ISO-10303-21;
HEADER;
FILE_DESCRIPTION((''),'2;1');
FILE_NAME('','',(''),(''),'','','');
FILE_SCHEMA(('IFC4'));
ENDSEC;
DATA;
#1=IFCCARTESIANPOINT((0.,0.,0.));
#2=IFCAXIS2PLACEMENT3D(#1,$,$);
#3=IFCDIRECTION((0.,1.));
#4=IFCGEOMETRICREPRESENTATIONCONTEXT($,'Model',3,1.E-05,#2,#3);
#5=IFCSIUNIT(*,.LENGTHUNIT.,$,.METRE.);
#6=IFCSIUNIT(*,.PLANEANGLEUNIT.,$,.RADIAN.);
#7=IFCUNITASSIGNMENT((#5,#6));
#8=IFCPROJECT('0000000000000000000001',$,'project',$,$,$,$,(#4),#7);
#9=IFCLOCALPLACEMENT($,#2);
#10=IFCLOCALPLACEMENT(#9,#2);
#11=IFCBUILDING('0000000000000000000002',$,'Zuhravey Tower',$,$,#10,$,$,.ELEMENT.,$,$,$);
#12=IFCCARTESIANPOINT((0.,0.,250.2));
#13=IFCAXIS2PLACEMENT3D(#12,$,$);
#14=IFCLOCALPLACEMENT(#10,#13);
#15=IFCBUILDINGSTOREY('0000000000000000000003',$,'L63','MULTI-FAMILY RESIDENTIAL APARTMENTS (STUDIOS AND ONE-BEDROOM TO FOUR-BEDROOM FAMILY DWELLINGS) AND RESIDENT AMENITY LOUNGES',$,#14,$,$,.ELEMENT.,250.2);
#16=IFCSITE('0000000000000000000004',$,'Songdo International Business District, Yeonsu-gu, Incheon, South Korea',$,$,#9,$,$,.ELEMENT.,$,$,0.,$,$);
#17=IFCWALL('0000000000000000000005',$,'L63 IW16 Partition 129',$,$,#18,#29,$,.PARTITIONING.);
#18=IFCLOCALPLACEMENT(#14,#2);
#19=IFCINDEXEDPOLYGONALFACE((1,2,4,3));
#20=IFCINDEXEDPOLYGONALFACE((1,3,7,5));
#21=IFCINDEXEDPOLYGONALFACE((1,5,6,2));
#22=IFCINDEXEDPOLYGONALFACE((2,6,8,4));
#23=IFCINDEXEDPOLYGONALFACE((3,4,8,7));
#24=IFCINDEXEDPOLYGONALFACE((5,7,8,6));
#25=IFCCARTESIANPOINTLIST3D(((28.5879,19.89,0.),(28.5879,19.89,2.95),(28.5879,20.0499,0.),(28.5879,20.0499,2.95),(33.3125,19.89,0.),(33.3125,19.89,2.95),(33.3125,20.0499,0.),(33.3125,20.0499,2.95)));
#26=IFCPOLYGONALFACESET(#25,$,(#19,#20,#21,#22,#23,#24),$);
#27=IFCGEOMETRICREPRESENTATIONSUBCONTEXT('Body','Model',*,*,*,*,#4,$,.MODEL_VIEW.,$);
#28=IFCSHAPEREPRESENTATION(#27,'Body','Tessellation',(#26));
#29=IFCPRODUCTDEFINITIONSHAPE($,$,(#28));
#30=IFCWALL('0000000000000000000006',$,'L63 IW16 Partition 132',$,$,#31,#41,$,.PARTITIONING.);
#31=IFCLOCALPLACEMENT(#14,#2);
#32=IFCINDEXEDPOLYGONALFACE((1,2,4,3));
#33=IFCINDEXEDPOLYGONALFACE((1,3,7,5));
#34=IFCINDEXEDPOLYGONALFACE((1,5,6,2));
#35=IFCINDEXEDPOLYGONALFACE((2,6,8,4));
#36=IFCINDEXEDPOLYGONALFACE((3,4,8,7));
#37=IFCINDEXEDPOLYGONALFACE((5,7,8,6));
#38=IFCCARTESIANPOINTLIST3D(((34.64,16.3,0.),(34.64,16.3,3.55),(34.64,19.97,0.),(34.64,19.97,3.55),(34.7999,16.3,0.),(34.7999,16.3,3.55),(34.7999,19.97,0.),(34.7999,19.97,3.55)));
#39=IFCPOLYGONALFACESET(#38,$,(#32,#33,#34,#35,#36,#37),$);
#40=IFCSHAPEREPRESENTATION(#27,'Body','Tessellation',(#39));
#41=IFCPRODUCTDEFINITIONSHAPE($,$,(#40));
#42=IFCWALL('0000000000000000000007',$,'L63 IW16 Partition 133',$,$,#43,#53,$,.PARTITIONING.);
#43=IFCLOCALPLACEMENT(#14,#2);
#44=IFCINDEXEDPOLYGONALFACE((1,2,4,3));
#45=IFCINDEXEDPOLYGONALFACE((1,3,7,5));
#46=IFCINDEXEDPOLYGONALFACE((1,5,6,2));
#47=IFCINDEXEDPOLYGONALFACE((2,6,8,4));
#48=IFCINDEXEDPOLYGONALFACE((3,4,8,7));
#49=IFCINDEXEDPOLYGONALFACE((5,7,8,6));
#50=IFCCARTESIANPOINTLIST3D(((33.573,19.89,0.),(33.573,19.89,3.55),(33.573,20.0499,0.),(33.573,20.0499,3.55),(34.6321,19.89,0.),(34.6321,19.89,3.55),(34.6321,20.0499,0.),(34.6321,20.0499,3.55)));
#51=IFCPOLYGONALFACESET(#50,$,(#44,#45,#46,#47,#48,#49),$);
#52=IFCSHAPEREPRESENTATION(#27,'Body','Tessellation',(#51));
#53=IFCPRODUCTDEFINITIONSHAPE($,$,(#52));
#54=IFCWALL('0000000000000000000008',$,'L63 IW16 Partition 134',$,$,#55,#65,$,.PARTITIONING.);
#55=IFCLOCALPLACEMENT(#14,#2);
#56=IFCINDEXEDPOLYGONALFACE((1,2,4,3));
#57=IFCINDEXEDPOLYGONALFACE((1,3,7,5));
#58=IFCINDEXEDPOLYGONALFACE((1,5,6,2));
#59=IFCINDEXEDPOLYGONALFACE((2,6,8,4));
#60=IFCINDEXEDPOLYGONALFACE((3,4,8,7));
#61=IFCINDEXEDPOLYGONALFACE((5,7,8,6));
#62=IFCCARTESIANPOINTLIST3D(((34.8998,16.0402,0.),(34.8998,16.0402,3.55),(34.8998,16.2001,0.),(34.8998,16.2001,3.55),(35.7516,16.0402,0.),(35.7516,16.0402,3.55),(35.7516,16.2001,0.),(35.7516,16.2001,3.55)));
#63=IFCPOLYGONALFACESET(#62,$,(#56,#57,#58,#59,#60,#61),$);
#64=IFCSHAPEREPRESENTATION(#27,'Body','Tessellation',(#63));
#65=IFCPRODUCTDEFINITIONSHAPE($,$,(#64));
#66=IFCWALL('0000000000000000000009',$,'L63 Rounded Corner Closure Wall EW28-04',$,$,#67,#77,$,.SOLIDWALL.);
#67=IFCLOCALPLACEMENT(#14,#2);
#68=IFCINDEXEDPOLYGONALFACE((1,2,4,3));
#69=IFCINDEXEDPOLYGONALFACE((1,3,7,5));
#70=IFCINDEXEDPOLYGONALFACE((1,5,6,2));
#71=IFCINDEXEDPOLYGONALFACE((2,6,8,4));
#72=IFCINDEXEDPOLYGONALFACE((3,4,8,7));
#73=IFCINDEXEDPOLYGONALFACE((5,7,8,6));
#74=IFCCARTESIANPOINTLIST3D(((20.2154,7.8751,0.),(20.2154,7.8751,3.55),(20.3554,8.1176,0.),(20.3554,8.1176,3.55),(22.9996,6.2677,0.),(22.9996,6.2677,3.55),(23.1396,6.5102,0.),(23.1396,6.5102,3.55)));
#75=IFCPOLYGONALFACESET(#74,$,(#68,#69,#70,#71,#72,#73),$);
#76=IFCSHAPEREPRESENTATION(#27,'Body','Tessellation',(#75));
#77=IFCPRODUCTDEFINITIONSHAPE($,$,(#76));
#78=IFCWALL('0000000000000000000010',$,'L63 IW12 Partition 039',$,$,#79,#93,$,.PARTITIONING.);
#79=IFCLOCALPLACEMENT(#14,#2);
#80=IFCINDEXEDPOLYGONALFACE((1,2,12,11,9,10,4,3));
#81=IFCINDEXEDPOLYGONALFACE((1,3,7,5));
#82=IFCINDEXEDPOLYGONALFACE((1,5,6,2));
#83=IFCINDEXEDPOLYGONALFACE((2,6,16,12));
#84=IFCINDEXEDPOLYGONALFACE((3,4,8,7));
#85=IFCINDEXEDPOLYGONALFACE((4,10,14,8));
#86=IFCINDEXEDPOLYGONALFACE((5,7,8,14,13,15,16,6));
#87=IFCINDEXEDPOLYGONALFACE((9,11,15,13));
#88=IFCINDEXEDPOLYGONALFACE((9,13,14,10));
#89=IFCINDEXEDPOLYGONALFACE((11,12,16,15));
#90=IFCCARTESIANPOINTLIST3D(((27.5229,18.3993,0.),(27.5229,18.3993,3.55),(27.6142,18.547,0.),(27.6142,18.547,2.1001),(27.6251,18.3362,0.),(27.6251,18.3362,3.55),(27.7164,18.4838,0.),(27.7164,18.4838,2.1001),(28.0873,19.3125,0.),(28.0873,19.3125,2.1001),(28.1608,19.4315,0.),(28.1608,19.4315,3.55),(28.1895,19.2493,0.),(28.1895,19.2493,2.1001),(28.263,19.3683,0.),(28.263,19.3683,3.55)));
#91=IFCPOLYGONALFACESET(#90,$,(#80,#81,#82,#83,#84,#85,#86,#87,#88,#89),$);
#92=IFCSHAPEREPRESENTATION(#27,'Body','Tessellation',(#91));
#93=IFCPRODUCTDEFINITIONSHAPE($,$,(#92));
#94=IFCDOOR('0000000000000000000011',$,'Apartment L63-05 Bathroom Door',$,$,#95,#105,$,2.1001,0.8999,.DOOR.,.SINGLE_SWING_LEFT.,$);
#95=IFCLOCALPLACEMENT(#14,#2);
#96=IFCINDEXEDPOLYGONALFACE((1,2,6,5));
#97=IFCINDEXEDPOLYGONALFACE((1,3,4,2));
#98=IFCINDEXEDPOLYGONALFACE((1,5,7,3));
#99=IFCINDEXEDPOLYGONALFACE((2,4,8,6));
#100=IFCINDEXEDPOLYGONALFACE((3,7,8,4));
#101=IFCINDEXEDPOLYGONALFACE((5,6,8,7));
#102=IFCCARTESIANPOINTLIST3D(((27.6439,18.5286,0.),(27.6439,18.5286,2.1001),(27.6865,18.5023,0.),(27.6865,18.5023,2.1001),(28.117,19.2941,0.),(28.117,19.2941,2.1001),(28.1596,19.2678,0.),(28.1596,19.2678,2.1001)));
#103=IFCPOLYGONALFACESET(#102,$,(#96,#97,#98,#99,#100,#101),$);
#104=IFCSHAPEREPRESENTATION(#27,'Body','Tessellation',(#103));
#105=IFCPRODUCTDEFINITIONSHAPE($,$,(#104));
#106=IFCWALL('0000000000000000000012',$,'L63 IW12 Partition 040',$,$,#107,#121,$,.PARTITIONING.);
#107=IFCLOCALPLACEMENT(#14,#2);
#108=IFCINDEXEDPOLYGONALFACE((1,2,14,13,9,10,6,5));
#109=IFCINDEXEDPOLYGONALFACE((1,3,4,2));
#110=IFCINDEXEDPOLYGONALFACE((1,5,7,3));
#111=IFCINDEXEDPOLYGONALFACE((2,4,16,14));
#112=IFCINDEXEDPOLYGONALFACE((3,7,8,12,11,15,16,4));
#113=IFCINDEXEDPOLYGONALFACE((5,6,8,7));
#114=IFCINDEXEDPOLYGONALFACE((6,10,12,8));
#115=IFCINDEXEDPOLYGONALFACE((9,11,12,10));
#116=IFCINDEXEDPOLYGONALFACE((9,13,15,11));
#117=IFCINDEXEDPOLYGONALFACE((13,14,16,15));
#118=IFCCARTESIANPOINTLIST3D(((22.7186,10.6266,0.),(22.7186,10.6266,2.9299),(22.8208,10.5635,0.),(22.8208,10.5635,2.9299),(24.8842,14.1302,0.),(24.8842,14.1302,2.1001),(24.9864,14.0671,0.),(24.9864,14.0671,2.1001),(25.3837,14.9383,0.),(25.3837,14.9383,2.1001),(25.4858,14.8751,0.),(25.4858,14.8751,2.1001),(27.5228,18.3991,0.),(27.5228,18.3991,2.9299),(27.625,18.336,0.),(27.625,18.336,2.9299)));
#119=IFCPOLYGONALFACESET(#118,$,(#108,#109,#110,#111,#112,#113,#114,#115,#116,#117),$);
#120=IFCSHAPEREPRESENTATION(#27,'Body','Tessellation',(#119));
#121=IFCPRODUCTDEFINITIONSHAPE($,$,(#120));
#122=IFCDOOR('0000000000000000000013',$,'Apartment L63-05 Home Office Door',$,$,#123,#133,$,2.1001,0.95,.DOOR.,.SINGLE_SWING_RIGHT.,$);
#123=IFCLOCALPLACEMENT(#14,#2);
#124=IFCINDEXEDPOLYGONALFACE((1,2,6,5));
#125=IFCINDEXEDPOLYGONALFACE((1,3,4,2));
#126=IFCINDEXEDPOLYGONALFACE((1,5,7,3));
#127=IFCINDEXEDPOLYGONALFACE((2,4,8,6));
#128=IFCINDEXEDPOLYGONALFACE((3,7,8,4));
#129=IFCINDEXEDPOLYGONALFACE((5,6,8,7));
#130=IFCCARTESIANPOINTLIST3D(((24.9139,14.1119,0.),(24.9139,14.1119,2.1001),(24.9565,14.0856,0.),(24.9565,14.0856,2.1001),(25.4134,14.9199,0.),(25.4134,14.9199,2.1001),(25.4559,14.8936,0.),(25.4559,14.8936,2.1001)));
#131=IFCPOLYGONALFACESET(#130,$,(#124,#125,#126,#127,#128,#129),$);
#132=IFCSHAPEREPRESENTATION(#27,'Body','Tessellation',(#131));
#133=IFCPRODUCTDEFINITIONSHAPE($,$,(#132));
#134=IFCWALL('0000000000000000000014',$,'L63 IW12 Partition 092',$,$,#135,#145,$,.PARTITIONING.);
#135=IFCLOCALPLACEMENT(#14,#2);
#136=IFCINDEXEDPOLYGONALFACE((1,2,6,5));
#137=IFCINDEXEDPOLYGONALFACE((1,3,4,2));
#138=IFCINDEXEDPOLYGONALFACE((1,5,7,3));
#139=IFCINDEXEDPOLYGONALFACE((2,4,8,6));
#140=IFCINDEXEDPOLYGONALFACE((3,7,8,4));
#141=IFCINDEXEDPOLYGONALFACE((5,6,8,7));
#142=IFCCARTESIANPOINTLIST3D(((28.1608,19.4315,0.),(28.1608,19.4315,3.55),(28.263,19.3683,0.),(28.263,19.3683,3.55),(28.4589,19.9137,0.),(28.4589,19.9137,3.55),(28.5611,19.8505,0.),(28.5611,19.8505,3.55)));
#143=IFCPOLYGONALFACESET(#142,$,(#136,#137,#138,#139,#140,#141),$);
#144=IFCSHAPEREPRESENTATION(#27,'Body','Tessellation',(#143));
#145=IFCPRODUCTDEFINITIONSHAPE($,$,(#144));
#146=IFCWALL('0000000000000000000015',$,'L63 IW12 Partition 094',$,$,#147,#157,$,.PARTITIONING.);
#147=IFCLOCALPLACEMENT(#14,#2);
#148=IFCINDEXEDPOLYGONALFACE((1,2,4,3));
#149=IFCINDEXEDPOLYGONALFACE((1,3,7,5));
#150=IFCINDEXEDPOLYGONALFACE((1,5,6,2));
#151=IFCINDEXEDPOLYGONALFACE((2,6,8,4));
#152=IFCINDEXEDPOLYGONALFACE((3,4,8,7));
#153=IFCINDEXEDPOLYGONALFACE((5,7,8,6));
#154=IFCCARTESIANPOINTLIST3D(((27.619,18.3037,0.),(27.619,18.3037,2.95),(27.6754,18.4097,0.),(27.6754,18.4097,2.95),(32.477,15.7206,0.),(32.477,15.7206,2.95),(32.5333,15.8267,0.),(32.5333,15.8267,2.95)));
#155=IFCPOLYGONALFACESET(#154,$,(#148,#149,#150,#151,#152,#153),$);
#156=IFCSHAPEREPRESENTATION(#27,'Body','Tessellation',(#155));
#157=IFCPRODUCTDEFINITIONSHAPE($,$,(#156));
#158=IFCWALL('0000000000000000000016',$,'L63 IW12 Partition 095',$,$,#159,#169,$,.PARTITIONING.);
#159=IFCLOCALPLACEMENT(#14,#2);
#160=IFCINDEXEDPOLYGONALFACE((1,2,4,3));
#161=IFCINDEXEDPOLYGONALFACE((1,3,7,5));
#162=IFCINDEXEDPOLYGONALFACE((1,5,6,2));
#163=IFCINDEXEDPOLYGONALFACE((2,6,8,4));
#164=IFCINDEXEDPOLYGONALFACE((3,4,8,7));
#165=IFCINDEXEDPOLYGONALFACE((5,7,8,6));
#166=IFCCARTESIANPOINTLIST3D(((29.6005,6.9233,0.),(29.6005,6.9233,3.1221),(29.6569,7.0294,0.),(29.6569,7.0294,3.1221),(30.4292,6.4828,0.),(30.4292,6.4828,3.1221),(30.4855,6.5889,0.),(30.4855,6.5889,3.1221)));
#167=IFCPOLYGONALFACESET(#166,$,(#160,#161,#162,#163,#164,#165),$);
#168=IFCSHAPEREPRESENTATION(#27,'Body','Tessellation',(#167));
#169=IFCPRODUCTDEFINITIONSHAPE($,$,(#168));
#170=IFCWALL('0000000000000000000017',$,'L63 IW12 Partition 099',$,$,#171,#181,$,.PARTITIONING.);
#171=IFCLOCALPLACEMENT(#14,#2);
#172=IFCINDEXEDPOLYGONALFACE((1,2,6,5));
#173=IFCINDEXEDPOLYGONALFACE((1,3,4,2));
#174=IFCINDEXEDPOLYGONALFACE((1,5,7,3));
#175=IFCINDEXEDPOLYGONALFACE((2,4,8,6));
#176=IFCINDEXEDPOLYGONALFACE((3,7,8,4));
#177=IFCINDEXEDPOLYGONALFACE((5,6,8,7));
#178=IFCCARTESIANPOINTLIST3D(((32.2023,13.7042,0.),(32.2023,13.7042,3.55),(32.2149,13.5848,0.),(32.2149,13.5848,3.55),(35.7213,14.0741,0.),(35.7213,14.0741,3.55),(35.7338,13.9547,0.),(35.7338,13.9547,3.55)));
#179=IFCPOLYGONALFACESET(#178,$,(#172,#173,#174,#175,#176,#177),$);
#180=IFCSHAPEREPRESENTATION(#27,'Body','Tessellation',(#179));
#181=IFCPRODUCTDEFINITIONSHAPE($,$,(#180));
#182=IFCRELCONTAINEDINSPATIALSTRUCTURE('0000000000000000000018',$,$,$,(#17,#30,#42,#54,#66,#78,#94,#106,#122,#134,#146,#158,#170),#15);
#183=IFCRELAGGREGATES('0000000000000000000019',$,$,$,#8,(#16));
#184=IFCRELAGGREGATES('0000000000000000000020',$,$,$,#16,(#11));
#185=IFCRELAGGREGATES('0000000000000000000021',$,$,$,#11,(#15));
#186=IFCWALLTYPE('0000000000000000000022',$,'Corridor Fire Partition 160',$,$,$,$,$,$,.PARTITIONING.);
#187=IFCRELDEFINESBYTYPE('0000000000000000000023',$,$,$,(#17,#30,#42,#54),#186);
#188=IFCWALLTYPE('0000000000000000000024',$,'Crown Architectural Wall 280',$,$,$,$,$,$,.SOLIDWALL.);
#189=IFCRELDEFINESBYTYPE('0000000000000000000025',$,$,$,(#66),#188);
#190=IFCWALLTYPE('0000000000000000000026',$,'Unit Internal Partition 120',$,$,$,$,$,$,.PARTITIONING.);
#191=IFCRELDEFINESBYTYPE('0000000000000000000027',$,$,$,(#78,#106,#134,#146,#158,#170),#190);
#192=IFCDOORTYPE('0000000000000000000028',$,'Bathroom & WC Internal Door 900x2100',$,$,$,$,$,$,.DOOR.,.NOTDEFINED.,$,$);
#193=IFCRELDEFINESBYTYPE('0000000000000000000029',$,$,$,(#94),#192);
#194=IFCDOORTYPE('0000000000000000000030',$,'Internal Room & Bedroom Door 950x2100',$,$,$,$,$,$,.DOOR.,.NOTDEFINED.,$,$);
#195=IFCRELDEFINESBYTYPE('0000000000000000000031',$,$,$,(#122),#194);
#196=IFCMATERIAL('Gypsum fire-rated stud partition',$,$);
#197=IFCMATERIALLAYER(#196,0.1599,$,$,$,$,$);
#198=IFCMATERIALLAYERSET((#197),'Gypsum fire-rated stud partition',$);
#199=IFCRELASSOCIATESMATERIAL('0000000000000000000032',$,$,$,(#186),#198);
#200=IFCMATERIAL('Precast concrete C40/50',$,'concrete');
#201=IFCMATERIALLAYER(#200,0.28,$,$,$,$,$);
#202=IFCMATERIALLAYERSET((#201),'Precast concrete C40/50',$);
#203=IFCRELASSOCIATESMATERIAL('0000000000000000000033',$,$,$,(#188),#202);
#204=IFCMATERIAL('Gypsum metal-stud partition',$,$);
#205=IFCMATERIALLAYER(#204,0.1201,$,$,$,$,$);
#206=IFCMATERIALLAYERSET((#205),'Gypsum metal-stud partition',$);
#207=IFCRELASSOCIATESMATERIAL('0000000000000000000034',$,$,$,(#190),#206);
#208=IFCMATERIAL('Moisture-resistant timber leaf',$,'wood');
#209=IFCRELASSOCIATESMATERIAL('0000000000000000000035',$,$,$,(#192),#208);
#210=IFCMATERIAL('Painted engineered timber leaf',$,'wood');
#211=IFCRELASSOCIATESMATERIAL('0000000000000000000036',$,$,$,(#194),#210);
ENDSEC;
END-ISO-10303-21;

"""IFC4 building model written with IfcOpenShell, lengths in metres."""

from ifc_helpers import new_model, si_unit, direction, frame, frame_2d, origin, place, context, subcontext, project, spatial, rectangle, extrude, material, layer, layer_set, type_object, element, fill, save


model = new_model("IFC4")

# Units and contexts
model_context = context("Model", 3, precision=1e-05, world=origin(), true_north=direction((0.0, 1.0)))
body_context = subcontext(model_context, "Body", "Model", "MODEL_VIEW")
ifc_project = project(units=[si_unit("LENGTHUNIT", "METRE"), si_unit("PLANEANGLEUNIT", "RADIAN")], contexts=[model_context])

# Site, building, storey
site_placement = place(None, origin())
site = spatial("IfcSite", under=ifc_project, at=site_placement, Name="Songdo International Business District, Yeonsu-gu, Incheon, South Korea", CompositionType="ELEMENT", RefElevation=0.0)
building_placement = place(site_placement, origin())
building = spatial("IfcBuilding", under=site, at=building_placement, Name="Zuhravey Tower", CompositionType="ELEMENT")
storey_placement = place(building_placement, frame((0.0, 0.0, 250.2)))
storey = spatial("IfcBuildingStorey", under=building, at=storey_placement, Name="L63", Description="MULTI-FAMILY RESIDENTIAL APARTMENTS (STUDIOS AND ONE-BEDROOM TO FOUR-BEDROOM FAMILY DWELLINGS) AND RESIDENT AMENITY LOUNGES", CompositionType="ELEMENT", Elevation=250.2)

# Shared definitions
ifc_material_1 = material(Name="Gypsum fire-rated stud partition")
ifc_layer_1 = layer(ifc_material_1, 0.1599)
ifc_layer_set_1 = layer_set([ifc_layer_1], Name="Gypsum fire-rated stud partition")
wall_type_1 = type_object("IfcWallType", Name="Corridor Fire Partition 160", PredefinedType="PARTITIONING", material=ifc_layer_set_1)

# Walls
wall_1_placement = place(storey_placement, frame((28.5879, 19.97, 0.0), z_axis=(0.0, 0.0, 1.0), x_axis=(1.0, 0.0, 0.0)))
element("IfcWall", 1, at=wall_1_placement, inside=storey, type_object=wall_type_1, Name="L63 IW16 Partition 129", PredefinedType="PARTITIONING", context=body_context, shape_type="SweptSolid", body=[
    extrude(rectangle(XDim=4.7246, YDim=0.1599, at=frame_2d((2.3623, 0.0))), origin(), (0.0, 0.0, 1.0), 2.95),
])
wall_2_placement = place(storey_placement, frame((34.72, 19.97, 0.0), z_axis=(0.0, 0.0, 1.0), x_axis=(0.0, -1.0, 0.0)))
element("IfcWall", 2, at=wall_2_placement, inside=storey, type_object=wall_type_1, Name="L63 IW16 Partition 132", PredefinedType="PARTITIONING", context=body_context, shape_type="SweptSolid", body=[
    extrude(rectangle(XDim=3.6699, YDim=0.1599, at=frame_2d((1.835, 0.0))), origin(), (0.0, 0.0, 1.0), 3.55),
])
wall_3_placement = place(storey_placement, frame((33.573, 19.97, 0.0), z_axis=(0.0, 0.0, 1.0), x_axis=(1.0, 0.0, 0.0)))
element("IfcWall", 3, at=wall_3_placement, inside=storey, type_object=wall_type_1, Name="L63 IW16 Partition 133", PredefinedType="PARTITIONING", context=body_context, shape_type="SweptSolid", body=[
    extrude(rectangle(XDim=1.0591, YDim=0.1599, at=frame_2d((0.5295, 0.0))), origin(), (0.0, 0.0, 1.0), 3.55),
])
wall_4_placement = place(storey_placement, frame((34.8999, 16.1201, 0.0), z_axis=(0.0, 0.0, 1.0), x_axis=(1.0, 0.0, 0.0)))
element("IfcWall", 4, at=wall_4_placement, inside=storey, type_object=wall_type_1, Name="L63 IW16 Partition 134", PredefinedType="PARTITIONING", context=body_context, shape_type="SweptSolid", body=[
    extrude(rectangle(XDim=0.8518, YDim=0.1599, at=frame_2d((0.4258, 0.0))), origin(), (0.0, 0.0, 1.0), 3.55),
])
ifc_material_2 = material(Name="Precast concrete C40/50", Category="concrete")
ifc_layer_2 = layer(ifc_material_2, 0.28)
ifc_layer_set_2 = layer_set([ifc_layer_2], Name="Precast concrete C40/50")
wall_type_2 = type_object("IfcWallType", Name="Crown Architectural Wall 280", PredefinedType="SOLIDWALL", material=ifc_layer_set_2)
wall_5_placement = place(storey_placement, frame((23.0696, 6.3889, 0.0), z_axis=(0.0, 0.0, 1.0), x_axis=(-0.866029, 0.499994, 0.0)))
element("IfcWall", 5, at=wall_5_placement, inside=storey, type_object=wall_type_2, Name="L63 Rounded Corner Closure Wall EW28-04", PredefinedType="SOLIDWALL", context=body_context, shape_type="SweptSolid", body=[
    extrude(rectangle(XDim=3.2148, YDim=0.28, at=frame_2d((1.6074, 0.0))), origin(), (0.0, 0.0, 1.0), 3.55),
])

# Walls, openings, doors
ifc_material_3 = material(Name="Gypsum metal-stud partition")
ifc_layer_3 = layer(ifc_material_3, 0.1201)
ifc_layer_set_3 = layer_set([ifc_layer_3], Name="Gypsum metal-stud partition")
wall_type_3 = type_object("IfcWallType", Name="Unit Internal Partition 120", PredefinedType="PARTITIONING", material=ifc_layer_set_3)
wall_6_placement = place(storey_placement, frame((28.2119, 19.3999, 0.0), z_axis=(0.0, 0.0, 1.0), x_axis=(-0.525724, -0.850655, 0.0)))
wall_6 = element("IfcWall", 6, at=wall_6_placement, inside=storey, type_object=wall_type_3, Name="L63 IW12 Partition 039", PredefinedType="PARTITIONING", context=body_context, shape_type="SweptSolid", body=[
    extrude(rectangle(XDim=1.2134, YDim=0.1201, at=frame_2d((0.6067, 0.0))), origin(), (0.0, 0.0, 1.0), 3.55),
])
opening_1_placement = place(wall_6_placement, frame((0.1399, 0.0, 0.0)))
opening_1 = element("IfcOpeningElement", 7, at=opening_1_placement, cuts=wall_6, PredefinedType="OPENING", context=body_context, shape_type="SweptSolid", body=[
    extrude(rectangle(XDim=0.8999, YDim=2.1001, at=frame_2d((0.45, 1.05))), frame((0.0, 0.072, 0.0), z_axis=(0.0, -1.0, 0.0), x_axis=(1.0, 0.0, 0.0)), (0.0, 0.0, 1.0), 0.144),
])
ifc_material_4 = material(Name="Moisture-resistant timber leaf", Category="wood")
door_type_1 = type_object("IfcDoorType", Name="Bathroom & WC Internal Door 900x2100", OperationType="NOTDEFINED", PredefinedType="DOOR", material=ifc_material_4)
door_1_placement = place(opening_1_placement, origin())
door_1 = element("IfcDoor", 8, at=door_1_placement, inside=storey, type_object=door_type_1, Name="Apartment L63-05 Bathroom Door", OperationType="SINGLE_SWING_LEFT", OverallHeight=2.1001, OverallWidth=0.8999, PredefinedType="DOOR", context=body_context, shape_type="SweptSolid", body=[
    extrude(rectangle(XDim=0.8999, YDim=2.1001, at=frame_2d((0.45, 1.05))), frame((0.0, 0.0249, 0.0), z_axis=(0.0, -1.0, 0.0), x_axis=(1.0, 0.0, 0.0)), (0.0, 0.0, 1.0), 0.05),
])
fill(opening_1, door_1)
wall_7_placement = place(storey_placement, frame((27.574, 18.3677, 0.0), z_axis=(0.0, 0.0, 1.0), x_axis=(-0.525775, -0.850624, 0.0)))
wall_7 = element("IfcWall", 9, at=wall_7_placement, inside=storey, type_object=wall_type_3, Name="L63 IW12 Partition 040", PredefinedType="PARTITIONING", context=body_context, shape_type="SweptSolid", body=[
    extrude(rectangle(XDim=9.1375, YDim=0.1201, at=frame_2d((4.5688, 0.0))), origin(), (0.0, 0.0, 1.0), 2.9299),
])
opening_2_placement = place(wall_7_placement, frame((4.0686, 0.0, 0.0)))
opening_2 = element("IfcOpeningElement", 10, at=opening_2_placement, cuts=wall_7, PredefinedType="OPENING", context=body_context, shape_type="SweptSolid", body=[
    extrude(rectangle(XDim=0.95, YDim=2.1001, at=frame_2d((0.4751, 1.05))), frame((0.0, 0.072, 0.0), z_axis=(0.0, -1.0, 0.0), x_axis=(1.0, 0.0, 0.0)), (0.0, 0.0, 1.0), 0.144),
])
ifc_material_5 = material(Name="Painted engineered timber leaf", Category="wood")
door_type_2 = type_object("IfcDoorType", Name="Internal Room & Bedroom Door 950x2100", OperationType="NOTDEFINED", PredefinedType="DOOR", material=ifc_material_5)
door_2_placement = place(opening_2_placement, origin())
door_2 = element("IfcDoor", 11, at=door_2_placement, inside=storey, type_object=door_type_2, Name="Apartment L63-05 Home Office Door", OperationType="SINGLE_SWING_RIGHT", OverallHeight=2.1001, OverallWidth=0.95, PredefinedType="DOOR", context=body_context, shape_type="SweptSolid", body=[
    extrude(rectangle(XDim=0.95, YDim=2.1001, at=frame_2d((0.4751, 1.05))), frame((0.0, 0.0249, 0.0), z_axis=(0.0, -1.0, 0.0), x_axis=(1.0, 0.0, 0.0)), (0.0, 0.0, 1.0), 0.05),
])
fill(opening_2, door_2)

# Walls
wall_8_placement = place(storey_placement, frame((28.51, 19.8821, 0.0), z_axis=(0.0, 0.0, 1.0), x_axis=(-0.52585, -0.850577, 0.0)))
element("IfcWall", 12, at=wall_8_placement, inside=storey, type_object=wall_type_3, Name="L63 IW12 Partition 092", PredefinedType="PARTITIONING", context=body_context, shape_type="SweptSolid", body=[
    extrude(rectangle(XDim=0.5669, YDim=0.1201, at=frame_2d((0.2834, 0.0))), origin(), (0.0, 0.0, 1.0), 3.55),
])
wall_9_placement = place(storey_placement, frame((27.6472, 18.3567, 0.0), z_axis=(0.0, 0.0, 1.0), x_axis=(0.882947, -0.469473, 0.0)))
element("IfcWall", 13, at=wall_9_placement, inside=storey, type_object=wall_type_3, Name="L63 IW12 Partition 094", PredefinedType="PARTITIONING", context=body_context, shape_type="SweptSolid", body=[
    extrude(rectangle(XDim=5.502, YDim=0.1201, at=frame_2d((2.751, 0.0))), origin(), (0.0, 0.0, 1.0), 2.95),
])
wall_10_placement = place(storey_placement, frame((29.6287, 6.9763, 0.0), z_axis=(0.0, 0.0, 1.0), x_axis=(0.883015, -0.469345, 0.0)))
element("IfcWall", 14, at=wall_10_placement, inside=storey, type_object=wall_type_3, Name="L63 IW12 Partition 095", PredefinedType="PARTITIONING", context=body_context, shape_type="SweptSolid", body=[
    extrude(rectangle(XDim=0.9385, YDim=0.1201, at=frame_2d((0.4692, 0.0))), origin(), (0.0, 0.0, 1.0), 3.1221),
])
wall_11_placement = place(storey_placement, frame((32.2087, 13.6445, 0.0), z_axis=(0.0, 0.0, 1.0), x_axis=(0.994522, 0.10453, 0.0)))
element("IfcWall", 15, at=wall_11_placement, inside=storey, type_object=wall_type_3, Name="L63 IW12 Partition 099", PredefinedType="PARTITIONING", context=body_context, shape_type="SweptSolid", body=[
    extrude(rectangle(XDim=3.5383, YDim=0.1201, at=frame_2d((1.769, 0.0))), origin(), (0.0, 0.0, 1.0), 3.55),
])

save(model, "model.ifc")
